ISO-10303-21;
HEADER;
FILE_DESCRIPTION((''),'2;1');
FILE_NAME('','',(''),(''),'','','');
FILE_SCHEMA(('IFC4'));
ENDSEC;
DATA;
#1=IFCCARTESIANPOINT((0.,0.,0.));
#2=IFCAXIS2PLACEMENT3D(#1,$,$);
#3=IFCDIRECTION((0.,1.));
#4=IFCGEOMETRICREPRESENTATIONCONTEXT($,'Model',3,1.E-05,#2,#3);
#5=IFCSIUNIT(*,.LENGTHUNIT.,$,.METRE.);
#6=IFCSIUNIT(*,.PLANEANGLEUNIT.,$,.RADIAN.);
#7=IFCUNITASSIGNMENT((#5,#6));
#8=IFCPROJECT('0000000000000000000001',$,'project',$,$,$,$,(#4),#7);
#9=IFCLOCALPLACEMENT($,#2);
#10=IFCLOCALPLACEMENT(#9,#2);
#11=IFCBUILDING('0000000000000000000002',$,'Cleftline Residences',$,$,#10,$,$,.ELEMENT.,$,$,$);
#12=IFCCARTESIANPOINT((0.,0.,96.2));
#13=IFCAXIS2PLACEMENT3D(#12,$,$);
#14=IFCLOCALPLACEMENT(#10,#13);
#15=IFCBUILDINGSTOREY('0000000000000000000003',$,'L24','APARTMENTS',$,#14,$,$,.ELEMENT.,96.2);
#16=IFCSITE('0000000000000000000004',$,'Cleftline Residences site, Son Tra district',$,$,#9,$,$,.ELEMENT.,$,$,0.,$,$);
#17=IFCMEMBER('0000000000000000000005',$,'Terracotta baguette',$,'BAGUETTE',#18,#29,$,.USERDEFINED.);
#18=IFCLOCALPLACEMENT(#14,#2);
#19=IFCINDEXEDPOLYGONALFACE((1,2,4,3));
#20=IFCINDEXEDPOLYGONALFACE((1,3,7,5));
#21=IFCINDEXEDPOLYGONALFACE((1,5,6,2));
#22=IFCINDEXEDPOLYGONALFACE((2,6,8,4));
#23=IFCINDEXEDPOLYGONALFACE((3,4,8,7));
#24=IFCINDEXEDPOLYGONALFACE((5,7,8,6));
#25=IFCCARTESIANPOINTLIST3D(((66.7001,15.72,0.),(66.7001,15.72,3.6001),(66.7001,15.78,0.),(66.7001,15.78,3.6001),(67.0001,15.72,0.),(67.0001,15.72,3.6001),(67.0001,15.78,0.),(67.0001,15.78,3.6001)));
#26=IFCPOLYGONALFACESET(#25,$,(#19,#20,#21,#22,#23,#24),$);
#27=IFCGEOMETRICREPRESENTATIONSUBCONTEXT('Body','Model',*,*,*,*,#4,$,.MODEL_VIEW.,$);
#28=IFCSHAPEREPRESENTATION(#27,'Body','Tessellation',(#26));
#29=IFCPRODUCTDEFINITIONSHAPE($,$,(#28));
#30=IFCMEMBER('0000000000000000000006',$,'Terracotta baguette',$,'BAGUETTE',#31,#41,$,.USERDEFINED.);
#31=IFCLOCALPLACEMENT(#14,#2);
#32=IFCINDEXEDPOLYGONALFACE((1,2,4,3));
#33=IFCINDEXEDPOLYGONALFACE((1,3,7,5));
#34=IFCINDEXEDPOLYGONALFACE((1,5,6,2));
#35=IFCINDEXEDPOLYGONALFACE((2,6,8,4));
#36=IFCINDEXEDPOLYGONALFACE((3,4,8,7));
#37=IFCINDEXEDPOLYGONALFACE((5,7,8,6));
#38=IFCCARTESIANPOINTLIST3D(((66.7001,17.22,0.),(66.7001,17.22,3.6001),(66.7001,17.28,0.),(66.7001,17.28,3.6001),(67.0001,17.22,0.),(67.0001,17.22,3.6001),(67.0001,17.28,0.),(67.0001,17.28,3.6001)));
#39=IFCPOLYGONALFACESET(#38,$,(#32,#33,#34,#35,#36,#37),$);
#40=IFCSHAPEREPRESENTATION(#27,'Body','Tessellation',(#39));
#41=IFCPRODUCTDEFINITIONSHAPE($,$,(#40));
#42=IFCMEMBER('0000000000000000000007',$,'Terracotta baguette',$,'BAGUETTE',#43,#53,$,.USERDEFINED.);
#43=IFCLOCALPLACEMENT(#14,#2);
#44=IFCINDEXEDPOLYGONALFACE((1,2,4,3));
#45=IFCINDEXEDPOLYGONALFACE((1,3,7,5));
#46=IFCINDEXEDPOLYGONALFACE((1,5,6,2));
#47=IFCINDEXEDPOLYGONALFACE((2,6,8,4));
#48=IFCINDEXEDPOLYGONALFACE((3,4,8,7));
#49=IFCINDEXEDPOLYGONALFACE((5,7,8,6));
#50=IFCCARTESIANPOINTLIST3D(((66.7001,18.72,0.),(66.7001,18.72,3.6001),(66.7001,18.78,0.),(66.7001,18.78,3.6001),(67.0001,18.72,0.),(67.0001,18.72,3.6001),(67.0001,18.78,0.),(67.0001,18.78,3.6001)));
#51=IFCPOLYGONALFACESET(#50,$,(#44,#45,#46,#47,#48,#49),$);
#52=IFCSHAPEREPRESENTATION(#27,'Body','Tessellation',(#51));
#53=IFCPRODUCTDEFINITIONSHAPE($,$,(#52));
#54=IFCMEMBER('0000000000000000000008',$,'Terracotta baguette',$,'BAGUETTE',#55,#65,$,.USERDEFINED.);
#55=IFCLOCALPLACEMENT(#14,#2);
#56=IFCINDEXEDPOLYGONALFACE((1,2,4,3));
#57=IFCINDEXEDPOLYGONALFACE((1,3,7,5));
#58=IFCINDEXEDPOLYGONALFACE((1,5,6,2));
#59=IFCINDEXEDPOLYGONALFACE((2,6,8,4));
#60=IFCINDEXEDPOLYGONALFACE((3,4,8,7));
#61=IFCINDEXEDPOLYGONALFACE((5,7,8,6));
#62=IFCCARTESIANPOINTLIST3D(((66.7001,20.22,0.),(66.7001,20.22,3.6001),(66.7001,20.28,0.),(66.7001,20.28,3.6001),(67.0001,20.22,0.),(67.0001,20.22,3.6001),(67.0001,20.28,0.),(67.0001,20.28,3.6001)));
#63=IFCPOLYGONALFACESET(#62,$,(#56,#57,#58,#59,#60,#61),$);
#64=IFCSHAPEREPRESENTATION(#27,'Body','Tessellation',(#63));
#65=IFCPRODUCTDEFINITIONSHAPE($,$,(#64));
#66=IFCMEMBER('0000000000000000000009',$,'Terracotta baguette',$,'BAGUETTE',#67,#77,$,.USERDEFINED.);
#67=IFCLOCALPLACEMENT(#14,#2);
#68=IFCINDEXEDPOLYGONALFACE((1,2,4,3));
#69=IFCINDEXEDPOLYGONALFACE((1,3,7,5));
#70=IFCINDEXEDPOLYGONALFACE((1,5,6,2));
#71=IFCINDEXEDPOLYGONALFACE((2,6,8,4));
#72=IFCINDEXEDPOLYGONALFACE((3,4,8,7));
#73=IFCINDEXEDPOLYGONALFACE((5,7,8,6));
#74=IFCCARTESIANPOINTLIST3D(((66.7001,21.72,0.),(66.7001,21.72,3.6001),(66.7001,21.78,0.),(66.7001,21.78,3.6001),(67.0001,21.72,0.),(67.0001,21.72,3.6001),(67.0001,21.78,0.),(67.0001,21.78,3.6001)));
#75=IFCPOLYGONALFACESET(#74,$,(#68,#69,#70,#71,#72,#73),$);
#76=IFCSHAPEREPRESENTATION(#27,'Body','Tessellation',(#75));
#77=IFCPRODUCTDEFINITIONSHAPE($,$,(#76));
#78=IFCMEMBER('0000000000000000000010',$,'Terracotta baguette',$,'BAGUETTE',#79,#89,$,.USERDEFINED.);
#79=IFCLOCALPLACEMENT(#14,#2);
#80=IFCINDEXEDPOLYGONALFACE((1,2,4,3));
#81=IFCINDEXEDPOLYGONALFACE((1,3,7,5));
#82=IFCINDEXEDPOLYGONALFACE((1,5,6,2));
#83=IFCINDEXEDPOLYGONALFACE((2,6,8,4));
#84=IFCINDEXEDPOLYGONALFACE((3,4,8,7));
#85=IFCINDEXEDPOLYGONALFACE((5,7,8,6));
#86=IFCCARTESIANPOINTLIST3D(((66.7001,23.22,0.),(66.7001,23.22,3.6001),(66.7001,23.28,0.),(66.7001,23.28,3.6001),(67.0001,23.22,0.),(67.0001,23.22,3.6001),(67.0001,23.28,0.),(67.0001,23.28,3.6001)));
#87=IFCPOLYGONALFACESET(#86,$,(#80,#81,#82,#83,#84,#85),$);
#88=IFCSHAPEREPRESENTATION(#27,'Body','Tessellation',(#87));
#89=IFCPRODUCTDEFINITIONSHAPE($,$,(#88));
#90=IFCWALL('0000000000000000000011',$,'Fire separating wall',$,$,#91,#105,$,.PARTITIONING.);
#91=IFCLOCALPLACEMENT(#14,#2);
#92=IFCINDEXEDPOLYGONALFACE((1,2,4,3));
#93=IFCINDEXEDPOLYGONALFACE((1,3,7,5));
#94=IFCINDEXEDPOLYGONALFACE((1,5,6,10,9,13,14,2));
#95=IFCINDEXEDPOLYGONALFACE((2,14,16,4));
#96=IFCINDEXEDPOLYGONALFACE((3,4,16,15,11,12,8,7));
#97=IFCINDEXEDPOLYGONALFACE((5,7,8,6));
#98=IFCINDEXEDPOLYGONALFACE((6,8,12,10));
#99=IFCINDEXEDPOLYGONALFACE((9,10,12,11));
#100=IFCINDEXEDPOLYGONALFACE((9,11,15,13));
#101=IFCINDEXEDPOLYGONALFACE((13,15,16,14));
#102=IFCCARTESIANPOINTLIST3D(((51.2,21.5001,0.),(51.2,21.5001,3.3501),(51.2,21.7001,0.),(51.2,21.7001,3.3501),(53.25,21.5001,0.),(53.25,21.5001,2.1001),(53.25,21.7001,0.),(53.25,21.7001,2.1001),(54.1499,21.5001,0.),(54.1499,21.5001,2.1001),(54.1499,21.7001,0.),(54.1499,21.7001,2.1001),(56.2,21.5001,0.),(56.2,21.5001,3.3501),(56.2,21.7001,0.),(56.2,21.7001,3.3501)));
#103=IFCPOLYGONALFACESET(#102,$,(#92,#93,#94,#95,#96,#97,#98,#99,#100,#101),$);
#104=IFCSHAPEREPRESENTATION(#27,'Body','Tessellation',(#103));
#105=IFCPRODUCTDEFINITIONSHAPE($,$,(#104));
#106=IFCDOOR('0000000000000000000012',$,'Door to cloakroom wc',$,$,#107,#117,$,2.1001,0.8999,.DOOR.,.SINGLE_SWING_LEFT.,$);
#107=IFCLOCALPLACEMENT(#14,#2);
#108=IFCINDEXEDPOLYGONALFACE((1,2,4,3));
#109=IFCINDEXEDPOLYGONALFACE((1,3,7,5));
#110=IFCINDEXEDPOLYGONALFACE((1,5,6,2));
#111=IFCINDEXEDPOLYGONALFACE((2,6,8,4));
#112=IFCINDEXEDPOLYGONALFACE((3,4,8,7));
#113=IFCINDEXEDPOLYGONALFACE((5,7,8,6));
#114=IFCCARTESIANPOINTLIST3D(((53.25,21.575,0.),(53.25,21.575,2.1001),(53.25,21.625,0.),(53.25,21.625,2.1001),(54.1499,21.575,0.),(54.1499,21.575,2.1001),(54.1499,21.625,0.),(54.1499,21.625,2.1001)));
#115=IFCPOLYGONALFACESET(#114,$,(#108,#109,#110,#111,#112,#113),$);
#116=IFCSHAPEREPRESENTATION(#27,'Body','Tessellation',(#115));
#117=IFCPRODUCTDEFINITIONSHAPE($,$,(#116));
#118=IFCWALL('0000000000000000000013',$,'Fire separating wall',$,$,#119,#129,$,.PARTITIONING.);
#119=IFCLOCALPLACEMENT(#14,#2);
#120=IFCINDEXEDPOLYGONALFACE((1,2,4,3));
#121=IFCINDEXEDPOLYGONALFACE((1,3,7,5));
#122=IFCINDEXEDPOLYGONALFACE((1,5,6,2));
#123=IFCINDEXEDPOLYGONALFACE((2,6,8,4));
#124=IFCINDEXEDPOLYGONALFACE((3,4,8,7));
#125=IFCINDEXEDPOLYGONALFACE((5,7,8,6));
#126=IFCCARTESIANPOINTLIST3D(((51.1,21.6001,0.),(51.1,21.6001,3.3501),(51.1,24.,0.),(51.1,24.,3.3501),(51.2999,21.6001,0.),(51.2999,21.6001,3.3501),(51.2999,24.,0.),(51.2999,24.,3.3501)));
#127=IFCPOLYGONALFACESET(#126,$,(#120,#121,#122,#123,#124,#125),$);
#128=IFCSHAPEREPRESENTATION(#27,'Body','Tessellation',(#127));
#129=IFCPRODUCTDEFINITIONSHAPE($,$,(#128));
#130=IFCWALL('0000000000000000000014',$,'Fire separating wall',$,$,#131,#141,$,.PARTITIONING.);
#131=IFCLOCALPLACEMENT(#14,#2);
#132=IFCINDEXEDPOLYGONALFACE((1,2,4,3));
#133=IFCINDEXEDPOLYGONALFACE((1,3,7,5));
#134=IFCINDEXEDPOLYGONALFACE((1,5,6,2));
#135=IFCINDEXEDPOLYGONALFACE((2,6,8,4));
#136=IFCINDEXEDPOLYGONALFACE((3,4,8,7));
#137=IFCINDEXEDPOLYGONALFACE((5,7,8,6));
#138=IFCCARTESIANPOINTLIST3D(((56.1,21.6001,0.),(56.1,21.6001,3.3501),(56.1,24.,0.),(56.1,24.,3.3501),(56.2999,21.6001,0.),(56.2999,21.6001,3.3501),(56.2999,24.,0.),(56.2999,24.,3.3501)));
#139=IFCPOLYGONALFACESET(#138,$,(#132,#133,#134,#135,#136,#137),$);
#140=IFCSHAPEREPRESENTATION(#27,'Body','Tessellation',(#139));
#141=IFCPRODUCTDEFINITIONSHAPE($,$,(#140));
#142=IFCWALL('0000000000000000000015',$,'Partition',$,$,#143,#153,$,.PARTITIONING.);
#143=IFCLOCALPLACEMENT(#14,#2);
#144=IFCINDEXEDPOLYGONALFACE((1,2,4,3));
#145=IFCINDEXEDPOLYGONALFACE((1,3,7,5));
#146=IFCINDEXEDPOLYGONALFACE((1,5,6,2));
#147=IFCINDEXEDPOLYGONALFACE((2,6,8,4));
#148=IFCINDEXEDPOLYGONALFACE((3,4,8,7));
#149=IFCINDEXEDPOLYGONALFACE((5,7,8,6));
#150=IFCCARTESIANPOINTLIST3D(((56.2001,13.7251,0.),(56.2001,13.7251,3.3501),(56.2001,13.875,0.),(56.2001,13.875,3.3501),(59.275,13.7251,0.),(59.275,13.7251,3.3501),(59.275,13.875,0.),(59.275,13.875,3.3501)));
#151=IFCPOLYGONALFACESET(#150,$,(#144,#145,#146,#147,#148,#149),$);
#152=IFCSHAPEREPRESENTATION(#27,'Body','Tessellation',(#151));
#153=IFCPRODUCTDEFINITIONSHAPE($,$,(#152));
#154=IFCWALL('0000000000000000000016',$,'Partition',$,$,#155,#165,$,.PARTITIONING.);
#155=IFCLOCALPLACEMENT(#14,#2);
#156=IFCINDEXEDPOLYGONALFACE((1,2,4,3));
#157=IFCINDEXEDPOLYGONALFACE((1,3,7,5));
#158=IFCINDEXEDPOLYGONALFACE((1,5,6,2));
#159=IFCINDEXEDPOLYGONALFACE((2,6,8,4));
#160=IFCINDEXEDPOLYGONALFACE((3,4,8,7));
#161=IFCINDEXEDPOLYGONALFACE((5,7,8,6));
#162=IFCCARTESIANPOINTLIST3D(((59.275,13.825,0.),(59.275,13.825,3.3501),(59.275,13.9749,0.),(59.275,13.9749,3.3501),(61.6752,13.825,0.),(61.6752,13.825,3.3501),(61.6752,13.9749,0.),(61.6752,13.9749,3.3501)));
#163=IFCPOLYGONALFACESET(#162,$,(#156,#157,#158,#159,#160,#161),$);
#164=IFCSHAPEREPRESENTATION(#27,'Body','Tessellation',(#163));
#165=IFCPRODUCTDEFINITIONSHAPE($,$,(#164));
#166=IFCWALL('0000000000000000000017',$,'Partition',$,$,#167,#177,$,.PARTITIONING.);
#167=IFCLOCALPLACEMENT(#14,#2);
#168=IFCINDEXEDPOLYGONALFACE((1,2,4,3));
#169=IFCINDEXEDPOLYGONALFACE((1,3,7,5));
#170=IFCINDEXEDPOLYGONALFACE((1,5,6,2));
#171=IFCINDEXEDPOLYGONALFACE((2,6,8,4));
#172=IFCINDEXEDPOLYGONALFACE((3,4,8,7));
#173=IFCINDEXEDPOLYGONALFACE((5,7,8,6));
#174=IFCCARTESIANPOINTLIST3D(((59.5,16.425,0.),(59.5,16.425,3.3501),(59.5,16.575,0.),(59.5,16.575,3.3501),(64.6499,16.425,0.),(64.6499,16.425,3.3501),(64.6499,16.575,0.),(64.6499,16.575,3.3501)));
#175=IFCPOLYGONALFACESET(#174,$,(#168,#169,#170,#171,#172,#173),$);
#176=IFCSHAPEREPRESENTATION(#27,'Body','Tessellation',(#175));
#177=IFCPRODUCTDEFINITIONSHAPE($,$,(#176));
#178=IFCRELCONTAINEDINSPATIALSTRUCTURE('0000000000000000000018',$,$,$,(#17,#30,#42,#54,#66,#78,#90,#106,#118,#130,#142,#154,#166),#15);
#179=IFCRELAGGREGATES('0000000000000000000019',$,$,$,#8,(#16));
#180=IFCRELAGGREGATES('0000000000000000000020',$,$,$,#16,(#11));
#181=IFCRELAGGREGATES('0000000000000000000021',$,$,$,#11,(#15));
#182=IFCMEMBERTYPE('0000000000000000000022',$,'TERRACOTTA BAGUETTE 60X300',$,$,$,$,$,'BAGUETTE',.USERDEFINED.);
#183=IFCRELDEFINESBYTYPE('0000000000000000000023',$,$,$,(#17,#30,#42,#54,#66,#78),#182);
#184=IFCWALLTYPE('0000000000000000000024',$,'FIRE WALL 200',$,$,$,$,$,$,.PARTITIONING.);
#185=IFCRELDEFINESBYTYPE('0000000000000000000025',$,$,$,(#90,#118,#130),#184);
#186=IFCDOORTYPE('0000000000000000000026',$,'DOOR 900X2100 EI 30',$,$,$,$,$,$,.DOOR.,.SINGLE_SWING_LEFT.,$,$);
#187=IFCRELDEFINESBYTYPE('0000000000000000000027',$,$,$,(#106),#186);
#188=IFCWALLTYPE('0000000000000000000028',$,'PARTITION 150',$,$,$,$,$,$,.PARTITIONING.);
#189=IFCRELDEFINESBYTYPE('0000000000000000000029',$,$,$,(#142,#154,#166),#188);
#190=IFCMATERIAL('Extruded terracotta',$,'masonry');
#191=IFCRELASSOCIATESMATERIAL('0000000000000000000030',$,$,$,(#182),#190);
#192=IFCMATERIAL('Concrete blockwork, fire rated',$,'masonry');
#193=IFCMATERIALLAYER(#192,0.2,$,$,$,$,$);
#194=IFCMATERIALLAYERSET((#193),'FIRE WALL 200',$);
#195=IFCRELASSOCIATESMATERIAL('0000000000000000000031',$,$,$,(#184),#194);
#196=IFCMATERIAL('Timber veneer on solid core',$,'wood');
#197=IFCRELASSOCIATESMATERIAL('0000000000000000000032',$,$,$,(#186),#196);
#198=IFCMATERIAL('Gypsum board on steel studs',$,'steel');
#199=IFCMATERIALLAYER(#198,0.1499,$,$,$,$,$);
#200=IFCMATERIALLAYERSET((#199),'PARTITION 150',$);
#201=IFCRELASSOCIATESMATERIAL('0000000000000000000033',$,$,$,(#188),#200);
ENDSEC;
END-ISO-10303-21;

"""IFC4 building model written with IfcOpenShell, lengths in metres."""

from ifc_helpers import new_model, si_unit, direction, frame, frame_2d, origin, origin_2d, place, context, subcontext, project, spatial, rectangle, extrude, material, layer, layer_set, material_profile, profile_set, type_object, element, fill, save


model = new_model("IFC4")

# Units and contexts
model_context = context("Model", 3, precision=1e-05, world=origin(), true_north=direction((0.0, 1.0)))
body_context = subcontext(model_context, "Body", "Model", "MODEL_VIEW")
ifc_project = project(units=[si_unit("LENGTHUNIT", "METRE"), si_unit("PLANEANGLEUNIT", "RADIAN")], contexts=[model_context])

# Site, building, storey
site_placement = place(None, origin())
site = spatial("IfcSite", under=ifc_project, at=site_placement, Name="Cleftline Residences site, Son Tra district", CompositionType="ELEMENT", RefElevation=0.0)
building_placement = place(site_placement, origin())
building = spatial("IfcBuilding", under=site, at=building_placement, Name="Cleftline Residences", CompositionType="ELEMENT")
storey_placement = place(building_placement, frame((0.0, 0.0, 96.2)))
storey = spatial("IfcBuildingStorey", under=building, at=storey_placement, Name="L24", Description="APARTMENTS", CompositionType="ELEMENT", Elevation=96.2)

# Members
ifc_material_1 = material(Name="Extruded terracotta", Category="masonry")
ifc_material_profile_1 = material_profile(ifc_material_1, rectangle(XDim=0.0601, YDim=0.3, at=origin_2d()))
ifc_profile_set_1 = profile_set([ifc_material_profile_1], Name="Extruded terracotta")
member_type_1 = type_object("IfcMemberType", Name="TERRACOTTA BAGUETTE 60X300", ElementType="BAGUETTE", PredefinedType="USERDEFINED", material=ifc_profile_set_1)
for number, where, z_axis, x_axis, name in (
    (1, (66.8501, 15.75, 0.0), (0.0, 0.0, 1.0), (0.0, 1.0, 0.0), "Terracotta baguette"),
    (2, (66.8501, 17.25, 0.0), (0.0, 0.0, 1.0), (0.0, 1.0, 0.0), "Terracotta baguette"),
    (3, (66.8501, 18.75, 0.0), (0.0, 0.0, 1.0), (0.0, 1.0, 0.0), "Terracotta baguette"),
    (4, (66.8501, 20.25, 0.0), (0.0, 0.0, 1.0), (0.0, 1.0, 0.0), "Terracotta baguette"),
    (5, (66.8501, 21.75, 0.0), (0.0, 0.0, 1.0), (0.0, 1.0, 0.0), "Terracotta baguette"),
    (6, (66.8501, 23.25, 0.0), (0.0, 0.0, 1.0), (0.0, 1.0, 0.0), "Terracotta baguette"),
):
    element("IfcMember", number, at=place(storey_placement, frame(where, z_axis=z_axis, x_axis=x_axis)), inside=storey, type_object=member_type_1, Name=name, ObjectType="BAGUETTE", PredefinedType="USERDEFINED", context=body_context, shape_type="SweptSolid", body=[
        extrude(rectangle(XDim=0.0601, YDim=0.3, at=origin_2d()), origin(), (0.0, 0.0, 1.0), 3.6001),
    ])

# Wall, opening, door
ifc_material_2 = material(Name="Concrete blockwork, fire rated", Category="masonry")
ifc_layer_1 = layer(ifc_material_2, 0.2)
ifc_layer_set_1 = layer_set([ifc_layer_1], Name="FIRE WALL 200")
wall_type_1 = type_object("IfcWallType", Name="FIRE WALL 200", PredefinedType="PARTITIONING", material=ifc_layer_set_1)
wall_1_placement = place(storey_placement, frame((51.2, 21.6001, 0.0), z_axis=(0.0, 0.0, 1.0), x_axis=(1.0, 0.0, 0.0)))
wall_1 = element("IfcWall", 7, at=wall_1_placement, inside=storey, type_object=wall_type_1, Name="Fire separating wall", PredefinedType="PARTITIONING", context=body_context, shape_type="SweptSolid", body=[
    extrude(rectangle(XDim=5.0, YDim=0.2, at=frame_2d((2.5, 0.0))), origin(), (0.0, 0.0, 1.0), 3.3501),
])
opening_1_placement = place(wall_1_placement, frame((2.05, 0.0, 0.0)))
opening_1 = element("IfcOpeningElement", 8, at=opening_1_placement, cuts=wall_1, PredefinedType="OPENING", context=body_context, shape_type="SweptSolid", body=[
    extrude(rectangle(XDim=0.8999, YDim=2.1001, at=frame_2d((0.45, 1.05))), frame((0.0, 0.1099, 0.0), z_axis=(0.0, -1.0, 0.0), x_axis=(1.0, 0.0, 0.0)), (0.0, 0.0, 1.0), 0.22),
])
ifc_material_3 = material(Name="Timber veneer on solid core", Category="wood")
door_type_1 = type_object("IfcDoorType", Name="DOOR 900X2100 EI 30", OperationType="SINGLE_SWING_LEFT", PredefinedType="DOOR", material=ifc_material_3)
door_1_placement = place(opening_1_placement, origin())
door_1 = element("IfcDoor", 9, at=door_1_placement, inside=storey, type_object=door_type_1, Name="Door to cloakroom wc", OperationType="SINGLE_SWING_LEFT", OverallHeight=2.1001, OverallWidth=0.8999, PredefinedType="DOOR", context=body_context, shape_type="SweptSolid", body=[
    extrude(rectangle(XDim=0.8999, YDim=2.1001, at=frame_2d((0.45, 1.05))), frame((0.0, 0.0249, 0.0), z_axis=(0.0, -1.0, 0.0), x_axis=(1.0, 0.0, 0.0)), (0.0, 0.0, 1.0), 0.05),
])
fill(opening_1, door_1)

# Walls
for number, where, z_axis, x_axis, name in (
    (10, (51.2, 21.6001, 0.0), (0.0, 0.0, 1.0), (0.0, 1.0, 0.0), "Fire separating wall"),
    (11, (56.2, 21.6001, 0.0), (0.0, 0.0, 1.0), (0.0, 1.0, 0.0), "Fire separating wall"),
):
    element("IfcWall", number, at=place(storey_placement, frame(where, z_axis=z_axis, x_axis=x_axis)), inside=storey, type_object=wall_type_1, Name=name, PredefinedType="PARTITIONING", context=body_context, shape_type="SweptSolid", body=[
        extrude(rectangle(XDim=2.3999, YDim=0.2, at=frame_2d((1.2, 0.0))), origin(), (0.0, 0.0, 1.0), 3.3501),
    ])
ifc_material_4 = material(Name="Gypsum board on steel studs", Category="steel")
ifc_layer_2 = layer(ifc_material_4, 0.1499)
ifc_layer_set_2 = layer_set([ifc_layer_2], Name="PARTITION 150")
wall_type_2 = type_object("IfcWallType", Name="PARTITION 150", PredefinedType="PARTITIONING", material=ifc_layer_set_2)
wall_2_placement = place(storey_placement, frame((56.2, 13.8, 0.0), z_axis=(0.0, 0.0, 1.0), x_axis=(1.0, 0.0, 0.0)))
element("IfcWall", 12, at=wall_2_placement, inside=storey, type_object=wall_type_2, Name="Partition", PredefinedType="PARTITIONING", context=body_context, shape_type="SweptSolid", body=[
    extrude(rectangle(XDim=3.075, YDim=0.1499, at=frame_2d((1.5376, 0.0))), origin(), (0.0, 0.0, 1.0), 3.3501),
])
wall_3_placement = place(storey_placement, frame((59.2749, 13.8999, 0.0), z_axis=(0.0, 0.0, 1.0), x_axis=(1.0, 0.0, 0.0)))
element("IfcWall", 13, at=wall_3_placement, inside=storey, type_object=wall_type_2, Name="Partition", PredefinedType="PARTITIONING", context=body_context, shape_type="SweptSolid", body=[
    extrude(rectangle(XDim=2.4001, YDim=0.1499, at=frame_2d((1.2002, 0.0))), origin(), (0.0, 0.0, 1.0), 3.3501),
])
wall_4_placement = place(storey_placement, frame((59.5, 16.5, 0.0), z_axis=(0.0, 0.0, 1.0), x_axis=(1.0, 0.0, 0.0)))
element("IfcWall", 14, at=wall_4_placement, inside=storey, type_object=wall_type_2, Name="Partition", PredefinedType="PARTITIONING", context=body_context, shape_type="SweptSolid", body=[
    extrude(rectangle(XDim=5.1499, YDim=0.1499, at=frame_2d((2.575, 0.0))), origin(), (0.0, 0.0, 1.0), 3.3501),
])

save(model, "model.ifc")
